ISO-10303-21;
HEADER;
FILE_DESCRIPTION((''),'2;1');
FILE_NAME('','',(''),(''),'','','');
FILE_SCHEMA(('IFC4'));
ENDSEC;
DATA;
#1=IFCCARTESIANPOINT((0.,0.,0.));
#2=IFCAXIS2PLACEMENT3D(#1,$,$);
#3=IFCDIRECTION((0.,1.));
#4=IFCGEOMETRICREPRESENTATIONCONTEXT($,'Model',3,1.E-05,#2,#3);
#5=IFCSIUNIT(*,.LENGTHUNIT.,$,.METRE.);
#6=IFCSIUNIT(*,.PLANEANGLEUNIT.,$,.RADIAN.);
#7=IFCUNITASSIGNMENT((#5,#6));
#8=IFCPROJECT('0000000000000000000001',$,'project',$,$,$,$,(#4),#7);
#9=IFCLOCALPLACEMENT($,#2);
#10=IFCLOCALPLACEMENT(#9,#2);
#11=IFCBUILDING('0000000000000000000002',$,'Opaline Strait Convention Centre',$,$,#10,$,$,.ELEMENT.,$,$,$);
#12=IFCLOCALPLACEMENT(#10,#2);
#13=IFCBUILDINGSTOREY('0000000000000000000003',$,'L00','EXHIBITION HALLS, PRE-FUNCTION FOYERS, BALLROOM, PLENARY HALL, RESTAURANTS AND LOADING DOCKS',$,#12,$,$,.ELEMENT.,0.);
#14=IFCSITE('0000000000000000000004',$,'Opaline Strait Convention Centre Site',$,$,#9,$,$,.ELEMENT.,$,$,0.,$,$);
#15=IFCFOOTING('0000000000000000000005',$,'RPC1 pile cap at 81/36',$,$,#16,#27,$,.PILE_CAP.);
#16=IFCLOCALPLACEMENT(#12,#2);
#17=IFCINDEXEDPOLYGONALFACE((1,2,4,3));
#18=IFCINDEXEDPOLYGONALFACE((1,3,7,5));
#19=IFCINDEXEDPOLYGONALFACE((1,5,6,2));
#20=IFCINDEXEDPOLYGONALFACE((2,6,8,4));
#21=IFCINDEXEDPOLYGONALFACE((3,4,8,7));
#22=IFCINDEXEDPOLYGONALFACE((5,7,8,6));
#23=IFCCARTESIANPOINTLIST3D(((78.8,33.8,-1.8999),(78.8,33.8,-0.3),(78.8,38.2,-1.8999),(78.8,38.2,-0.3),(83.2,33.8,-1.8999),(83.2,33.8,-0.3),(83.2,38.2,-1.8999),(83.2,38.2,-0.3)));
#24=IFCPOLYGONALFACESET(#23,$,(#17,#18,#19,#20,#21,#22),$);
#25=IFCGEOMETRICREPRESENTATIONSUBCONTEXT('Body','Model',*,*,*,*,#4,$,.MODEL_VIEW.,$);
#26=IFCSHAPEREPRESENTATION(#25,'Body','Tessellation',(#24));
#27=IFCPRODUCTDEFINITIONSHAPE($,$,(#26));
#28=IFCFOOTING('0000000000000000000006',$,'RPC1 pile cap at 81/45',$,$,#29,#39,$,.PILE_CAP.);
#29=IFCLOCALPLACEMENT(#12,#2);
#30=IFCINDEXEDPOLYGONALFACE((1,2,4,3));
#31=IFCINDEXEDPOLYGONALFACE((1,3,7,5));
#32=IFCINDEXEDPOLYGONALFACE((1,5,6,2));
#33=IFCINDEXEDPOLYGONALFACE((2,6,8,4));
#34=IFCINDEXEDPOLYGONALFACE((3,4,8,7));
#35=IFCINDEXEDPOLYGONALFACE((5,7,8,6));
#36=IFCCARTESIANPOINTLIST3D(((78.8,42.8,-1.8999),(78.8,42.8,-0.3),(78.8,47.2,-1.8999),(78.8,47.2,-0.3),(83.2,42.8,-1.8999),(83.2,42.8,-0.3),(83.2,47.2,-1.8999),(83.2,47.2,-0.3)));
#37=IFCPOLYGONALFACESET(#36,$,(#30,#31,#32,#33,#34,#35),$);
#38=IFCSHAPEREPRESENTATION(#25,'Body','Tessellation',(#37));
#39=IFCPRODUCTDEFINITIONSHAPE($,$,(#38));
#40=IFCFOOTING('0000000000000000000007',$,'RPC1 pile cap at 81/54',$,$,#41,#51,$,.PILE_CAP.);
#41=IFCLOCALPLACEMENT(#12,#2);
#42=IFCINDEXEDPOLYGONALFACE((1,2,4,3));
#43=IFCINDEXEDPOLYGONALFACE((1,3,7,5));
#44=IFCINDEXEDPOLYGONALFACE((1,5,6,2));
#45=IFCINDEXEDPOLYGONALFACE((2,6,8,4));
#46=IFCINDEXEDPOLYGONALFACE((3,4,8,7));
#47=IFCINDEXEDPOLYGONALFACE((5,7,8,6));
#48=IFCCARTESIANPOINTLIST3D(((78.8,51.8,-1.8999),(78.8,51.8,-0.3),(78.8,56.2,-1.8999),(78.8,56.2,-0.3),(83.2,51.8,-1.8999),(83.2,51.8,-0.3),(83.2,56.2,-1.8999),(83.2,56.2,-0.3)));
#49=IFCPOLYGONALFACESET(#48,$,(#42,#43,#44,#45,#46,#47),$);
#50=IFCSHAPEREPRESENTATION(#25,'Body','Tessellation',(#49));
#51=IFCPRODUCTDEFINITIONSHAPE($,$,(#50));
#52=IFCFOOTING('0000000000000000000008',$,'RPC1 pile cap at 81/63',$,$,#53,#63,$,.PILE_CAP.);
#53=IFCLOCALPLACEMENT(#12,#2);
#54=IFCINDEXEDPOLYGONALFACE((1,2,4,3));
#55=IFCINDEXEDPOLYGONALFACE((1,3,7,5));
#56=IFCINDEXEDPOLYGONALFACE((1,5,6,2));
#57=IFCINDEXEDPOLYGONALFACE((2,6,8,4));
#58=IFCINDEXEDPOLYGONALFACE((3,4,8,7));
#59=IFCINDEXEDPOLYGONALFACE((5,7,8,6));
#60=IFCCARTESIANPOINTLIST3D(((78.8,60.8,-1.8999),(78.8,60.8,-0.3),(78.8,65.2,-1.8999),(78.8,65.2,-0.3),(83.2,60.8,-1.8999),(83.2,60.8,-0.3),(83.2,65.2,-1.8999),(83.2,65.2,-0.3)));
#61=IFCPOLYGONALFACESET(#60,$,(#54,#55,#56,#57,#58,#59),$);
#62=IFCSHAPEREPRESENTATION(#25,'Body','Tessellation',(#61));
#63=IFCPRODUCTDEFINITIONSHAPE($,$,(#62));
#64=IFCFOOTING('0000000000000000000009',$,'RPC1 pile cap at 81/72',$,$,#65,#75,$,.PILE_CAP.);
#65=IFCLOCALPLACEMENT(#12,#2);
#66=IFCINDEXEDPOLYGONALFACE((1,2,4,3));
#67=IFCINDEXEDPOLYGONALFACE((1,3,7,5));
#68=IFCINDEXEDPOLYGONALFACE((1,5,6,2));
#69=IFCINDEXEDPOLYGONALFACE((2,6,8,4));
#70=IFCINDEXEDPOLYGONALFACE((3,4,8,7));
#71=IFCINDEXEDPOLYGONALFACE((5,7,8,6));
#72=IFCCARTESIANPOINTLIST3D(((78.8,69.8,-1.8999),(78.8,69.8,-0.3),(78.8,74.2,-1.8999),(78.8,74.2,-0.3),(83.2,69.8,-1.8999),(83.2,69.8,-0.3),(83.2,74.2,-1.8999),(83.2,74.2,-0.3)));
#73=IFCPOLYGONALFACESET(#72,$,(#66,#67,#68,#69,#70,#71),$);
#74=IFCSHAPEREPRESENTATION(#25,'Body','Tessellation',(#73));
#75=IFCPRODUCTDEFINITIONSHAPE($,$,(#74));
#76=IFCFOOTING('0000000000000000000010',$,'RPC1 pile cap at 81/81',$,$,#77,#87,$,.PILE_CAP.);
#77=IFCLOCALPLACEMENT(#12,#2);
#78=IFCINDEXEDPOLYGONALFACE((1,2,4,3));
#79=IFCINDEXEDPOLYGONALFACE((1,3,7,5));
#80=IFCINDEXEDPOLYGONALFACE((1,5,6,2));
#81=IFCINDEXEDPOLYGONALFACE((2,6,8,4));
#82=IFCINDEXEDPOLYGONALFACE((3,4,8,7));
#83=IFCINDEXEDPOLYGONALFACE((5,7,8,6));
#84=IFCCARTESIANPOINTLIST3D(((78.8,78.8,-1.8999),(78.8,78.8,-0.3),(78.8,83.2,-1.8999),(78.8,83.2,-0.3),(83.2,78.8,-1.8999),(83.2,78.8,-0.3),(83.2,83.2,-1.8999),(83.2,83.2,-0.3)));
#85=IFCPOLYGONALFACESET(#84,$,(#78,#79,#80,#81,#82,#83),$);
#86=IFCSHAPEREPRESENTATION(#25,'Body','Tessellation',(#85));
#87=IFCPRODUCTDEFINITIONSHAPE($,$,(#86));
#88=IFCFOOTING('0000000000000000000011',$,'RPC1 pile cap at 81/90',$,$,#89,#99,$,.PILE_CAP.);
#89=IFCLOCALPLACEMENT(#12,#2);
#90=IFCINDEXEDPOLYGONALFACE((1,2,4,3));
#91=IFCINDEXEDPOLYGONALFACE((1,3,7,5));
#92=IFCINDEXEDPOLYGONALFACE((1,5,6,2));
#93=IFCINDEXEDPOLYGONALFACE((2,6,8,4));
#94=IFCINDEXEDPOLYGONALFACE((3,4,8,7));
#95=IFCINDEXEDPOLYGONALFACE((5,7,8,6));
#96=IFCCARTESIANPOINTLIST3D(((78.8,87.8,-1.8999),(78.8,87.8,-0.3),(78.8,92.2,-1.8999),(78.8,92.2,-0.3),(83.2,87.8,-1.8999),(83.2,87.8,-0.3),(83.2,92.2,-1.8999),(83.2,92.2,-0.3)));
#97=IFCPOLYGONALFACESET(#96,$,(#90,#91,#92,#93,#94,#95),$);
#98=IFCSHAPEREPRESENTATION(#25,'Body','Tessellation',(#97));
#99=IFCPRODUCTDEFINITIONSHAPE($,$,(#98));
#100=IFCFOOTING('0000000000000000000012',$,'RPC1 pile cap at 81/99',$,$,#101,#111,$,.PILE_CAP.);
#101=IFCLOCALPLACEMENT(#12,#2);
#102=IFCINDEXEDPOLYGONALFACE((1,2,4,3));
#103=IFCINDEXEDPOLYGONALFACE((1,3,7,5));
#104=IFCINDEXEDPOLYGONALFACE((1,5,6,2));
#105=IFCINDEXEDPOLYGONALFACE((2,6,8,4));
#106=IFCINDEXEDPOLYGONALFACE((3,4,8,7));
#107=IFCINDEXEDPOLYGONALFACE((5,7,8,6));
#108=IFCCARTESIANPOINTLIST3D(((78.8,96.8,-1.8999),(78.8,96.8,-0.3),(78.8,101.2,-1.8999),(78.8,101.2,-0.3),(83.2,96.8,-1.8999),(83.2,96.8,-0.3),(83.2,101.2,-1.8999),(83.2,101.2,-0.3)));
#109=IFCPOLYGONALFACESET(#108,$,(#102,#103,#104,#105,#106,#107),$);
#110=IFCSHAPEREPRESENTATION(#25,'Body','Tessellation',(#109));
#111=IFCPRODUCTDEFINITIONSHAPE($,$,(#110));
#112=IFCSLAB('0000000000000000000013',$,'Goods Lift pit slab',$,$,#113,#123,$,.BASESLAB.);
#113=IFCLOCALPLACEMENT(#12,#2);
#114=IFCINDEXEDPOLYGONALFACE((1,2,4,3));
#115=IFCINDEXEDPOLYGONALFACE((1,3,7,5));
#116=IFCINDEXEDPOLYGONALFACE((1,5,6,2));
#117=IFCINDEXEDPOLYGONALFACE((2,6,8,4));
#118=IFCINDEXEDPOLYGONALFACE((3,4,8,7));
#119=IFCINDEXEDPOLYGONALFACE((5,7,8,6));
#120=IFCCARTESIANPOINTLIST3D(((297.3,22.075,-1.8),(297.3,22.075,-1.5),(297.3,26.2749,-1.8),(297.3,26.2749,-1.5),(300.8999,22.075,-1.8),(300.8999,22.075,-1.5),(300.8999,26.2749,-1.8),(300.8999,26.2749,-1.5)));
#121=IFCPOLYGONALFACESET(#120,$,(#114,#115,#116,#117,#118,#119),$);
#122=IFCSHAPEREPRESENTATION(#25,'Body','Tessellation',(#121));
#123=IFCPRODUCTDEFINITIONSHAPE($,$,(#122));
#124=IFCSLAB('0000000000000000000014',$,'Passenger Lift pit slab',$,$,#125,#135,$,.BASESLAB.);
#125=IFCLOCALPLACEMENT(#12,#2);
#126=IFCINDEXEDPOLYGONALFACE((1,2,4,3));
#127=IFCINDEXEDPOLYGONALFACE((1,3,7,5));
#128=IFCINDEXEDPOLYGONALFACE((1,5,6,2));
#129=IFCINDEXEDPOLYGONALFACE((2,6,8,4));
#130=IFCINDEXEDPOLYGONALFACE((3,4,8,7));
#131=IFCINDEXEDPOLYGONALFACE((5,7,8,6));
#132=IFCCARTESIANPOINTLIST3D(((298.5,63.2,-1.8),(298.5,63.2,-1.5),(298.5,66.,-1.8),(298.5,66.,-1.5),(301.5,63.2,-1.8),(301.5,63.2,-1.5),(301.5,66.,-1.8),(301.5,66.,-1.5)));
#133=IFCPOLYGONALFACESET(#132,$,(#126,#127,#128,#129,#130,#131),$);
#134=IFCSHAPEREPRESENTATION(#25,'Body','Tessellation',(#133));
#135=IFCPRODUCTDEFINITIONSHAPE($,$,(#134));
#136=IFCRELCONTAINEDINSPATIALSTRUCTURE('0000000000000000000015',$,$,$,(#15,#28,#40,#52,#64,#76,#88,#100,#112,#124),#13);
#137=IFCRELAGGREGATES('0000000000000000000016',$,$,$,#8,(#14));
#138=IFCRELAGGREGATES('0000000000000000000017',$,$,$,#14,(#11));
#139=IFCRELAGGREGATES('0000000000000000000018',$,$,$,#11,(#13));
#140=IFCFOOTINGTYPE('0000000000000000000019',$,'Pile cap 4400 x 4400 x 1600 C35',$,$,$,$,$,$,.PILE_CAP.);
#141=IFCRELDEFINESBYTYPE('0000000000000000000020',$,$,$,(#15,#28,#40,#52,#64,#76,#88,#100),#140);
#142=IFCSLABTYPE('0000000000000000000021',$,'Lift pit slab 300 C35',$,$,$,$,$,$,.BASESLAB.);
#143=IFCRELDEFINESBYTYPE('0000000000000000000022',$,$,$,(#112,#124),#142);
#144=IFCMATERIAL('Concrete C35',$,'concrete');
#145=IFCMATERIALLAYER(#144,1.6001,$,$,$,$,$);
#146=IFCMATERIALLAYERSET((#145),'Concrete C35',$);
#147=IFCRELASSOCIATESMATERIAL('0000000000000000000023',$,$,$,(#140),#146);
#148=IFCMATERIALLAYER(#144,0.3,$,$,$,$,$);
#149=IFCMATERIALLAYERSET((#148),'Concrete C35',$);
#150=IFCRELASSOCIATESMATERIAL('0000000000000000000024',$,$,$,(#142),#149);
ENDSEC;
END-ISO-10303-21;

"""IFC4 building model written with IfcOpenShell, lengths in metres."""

from ifc_helpers import new_model, si_unit, direction, frame, origin, place, context, subcontext, project, spatial, polyline, outline, extrude, material, layer, layer_set, type_object, element, save


model = new_model("IFC4")

# Units and contexts
model_context = context("Model", 3, precision=1e-05, world=origin(), true_north=direction((0.0, 1.0)))
body_context = subcontext(model_context, "Body", "Model", "MODEL_VIEW")
ifc_project = project(units=[si_unit("LENGTHUNIT", "METRE"), si_unit("PLANEANGLEUNIT", "RADIAN")], contexts=[model_context])

# Site, building, storey
site_placement = place(None, origin())
site = spatial("IfcSite", under=ifc_project, at=site_placement, Name="Opaline Strait Convention Centre Site", CompositionType="ELEMENT", RefElevation=0.0)
building_placement = place(site_placement, origin())
building = spatial("IfcBuilding", under=site, at=building_placement, Name="Opaline Strait Convention Centre", CompositionType="ELEMENT")
storey_placement = place(building_placement, origin())
storey = spatial("IfcBuildingStorey", under=building, at=storey_placement, Name="L00", Description="EXHIBITION HALLS, PRE-FUNCTION FOYERS, BALLROOM, PLENARY HALL, RESTAURANTS AND LOADING DOCKS", CompositionType="ELEMENT", Elevation=0.0)

# Footings
ifc_material_1 = material(Name="Concrete C35", Category="concrete")
ifc_layer_1 = layer(ifc_material_1, 1.6001)
ifc_layer_set_1 = layer_set([ifc_layer_1], Name="Concrete C35")
footing_type_1 = type_object("IfcFootingType", Name="Pile cap 4400 x 4400 x 1600 C35", PredefinedType="PILE_CAP", material=ifc_layer_set_1)
footing_1_placement = place(storey_placement, frame((0.0, 0.0, -1.8999)))
element("IfcFooting", 1, at=footing_1_placement, inside=storey, type_object=footing_type_1, Name="RPC1 pile cap at 81/36", PredefinedType="PILE_CAP", context=body_context, shape_type="SweptSolid", body=[
    extrude(outline(polyline([(78.8, 33.8), (83.2, 33.8), (83.2, 38.2), (78.8, 38.2), (78.8, 33.8)])), origin(), (0.0, 0.0, 1.0), 1.5999),
])
footing_2_placement = place(storey_placement, frame((0.0, 0.0, -1.8999)))
element("IfcFooting", 2, at=footing_2_placement, inside=storey, type_object=footing_type_1, Name="RPC1 pile cap at 81/45", PredefinedType="PILE_CAP", context=body_context, shape_type="SweptSolid", body=[
    extrude(outline(polyline([(78.8, 42.8), (83.2, 42.8), (83.2, 47.2), (78.8, 47.2), (78.8, 42.8)])), origin(), (0.0, 0.0, 1.0), 1.5999),
])
footing_3_placement = place(storey_placement, frame((0.0, 0.0, -1.8999)))
element("IfcFooting", 3, at=footing_3_placement, inside=storey, type_object=footing_type_1, Name="RPC1 pile cap at 81/54", PredefinedType="PILE_CAP", context=body_context, shape_type="SweptSolid", body=[
    extrude(outline(polyline([(78.8, 51.8), (83.2, 51.8), (83.2, 56.2), (78.8, 56.2), (78.8, 51.8)])), origin(), (0.0, 0.0, 1.0), 1.5999),
])
footing_4_placement = place(storey_placement, frame((0.0, 0.0, -1.8999)))
element("IfcFooting", 4, at=footing_4_placement, inside=storey, type_object=footing_type_1, Name="RPC1 pile cap at 81/63", PredefinedType="PILE_CAP", context=body_context, shape_type="SweptSolid", body=[
    extrude(outline(polyline([(78.8, 60.8), (83.2, 60.8), (83.2, 65.2), (78.8, 65.2), (78.8, 60.8)])), origin(), (0.0, 0.0, 1.0), 1.5999),
])
footing_5_placement = place(storey_placement, frame((0.0, 0.0, -1.8999)))
element("IfcFooting", 5, at=footing_5_placement, inside=storey, type_object=footing_type_1, Name="RPC1 pile cap at 81/72", PredefinedType="PILE_CAP", context=body_context, shape_type="SweptSolid", body=[
    extrude(outline(polyline([(78.8, 69.8), (83.2, 69.8), (83.2, 74.2), (78.8, 74.2), (78.8, 69.8)])), origin(), (0.0, 0.0, 1.0), 1.5999),
])
footing_6_placement = place(storey_placement, frame((0.0, 0.0, -1.8999)))
element("IfcFooting", 6, at=footing_6_placement, inside=storey, type_object=footing_type_1, Name="RPC1 pile cap at 81/81", PredefinedType="PILE_CAP", context=body_context, shape_type="SweptSolid", body=[
    extrude(outline(polyline([(78.8, 78.8), (83.2, 78.8), (83.2, 83.2), (78.8, 83.2), (78.8, 78.8)])), origin(), (0.0, 0.0, 1.0), 1.5999),
])
footing_7_placement = place(storey_placement, frame((0.0, 0.0, -1.8999)))
element("IfcFooting", 7, at=footing_7_placement, inside=storey, type_object=footing_type_1, Name="RPC1 pile cap at 81/90", PredefinedType="PILE_CAP", context=body_context, shape_type="SweptSolid", body=[
    extrude(outline(polyline([(78.8, 87.8), (83.2, 87.8), (83.2, 92.2), (78.8, 92.2), (78.8, 87.8)])), origin(), (0.0, 0.0, 1.0), 1.5999),
])
footing_8_placement = place(storey_placement, frame((0.0, 0.0, -1.8999)))
element("IfcFooting", 8, at=footing_8_placement, inside=storey, type_object=footing_type_1, Name="RPC1 pile cap at 81/99", PredefinedType="PILE_CAP", context=body_context, shape_type="SweptSolid", body=[
    extrude(outline(polyline([(78.8, 96.8), (83.2, 96.8), (83.2, 101.2), (78.8, 101.2), (78.8, 96.8)])), origin(), (0.0, 0.0, 1.0), 1.5999),
])

# Slabs
ifc_layer_2 = layer(ifc_material_1, 0.3)
ifc_layer_set_2 = layer_set([ifc_layer_2], Name="Concrete C35")
slab_type = type_object("IfcSlabType", Name="Lift pit slab 300 C35", PredefinedType="BASESLAB", material=ifc_layer_set_2)
slab_1_placement = place(storey_placement, frame((0.0, 0.0, -1.8)))
element("IfcSlab", 9, at=slab_1_placement, inside=storey, type_object=slab_type, Name="Goods Lift pit slab", PredefinedType="BASESLAB", context=body_context, shape_type="SweptSolid", body=[
    extrude(outline(polyline([(297.3, 22.075), (300.8999, 22.075), (300.8999, 26.2749), (297.3, 26.2749), (297.3, 22.075)])), origin(), (0.0, 0.0, 1.0), 0.3),
])
slab_2_placement = place(storey_placement, frame((0.0, 0.0, -1.8)))
element("IfcSlab", 10, at=slab_2_placement, inside=storey, type_object=slab_type, Name="Passenger Lift pit slab", PredefinedType="BASESLAB", context=body_context, shape_type="SweptSolid", body=[
    extrude(outline(polyline([(298.5, 63.2), (301.5, 63.2), (301.5, 66.0), (298.5, 66.0), (298.5, 63.2)])), origin(), (0.0, 0.0, 1.0), 0.3),
])

save(model, "model.ifc")
